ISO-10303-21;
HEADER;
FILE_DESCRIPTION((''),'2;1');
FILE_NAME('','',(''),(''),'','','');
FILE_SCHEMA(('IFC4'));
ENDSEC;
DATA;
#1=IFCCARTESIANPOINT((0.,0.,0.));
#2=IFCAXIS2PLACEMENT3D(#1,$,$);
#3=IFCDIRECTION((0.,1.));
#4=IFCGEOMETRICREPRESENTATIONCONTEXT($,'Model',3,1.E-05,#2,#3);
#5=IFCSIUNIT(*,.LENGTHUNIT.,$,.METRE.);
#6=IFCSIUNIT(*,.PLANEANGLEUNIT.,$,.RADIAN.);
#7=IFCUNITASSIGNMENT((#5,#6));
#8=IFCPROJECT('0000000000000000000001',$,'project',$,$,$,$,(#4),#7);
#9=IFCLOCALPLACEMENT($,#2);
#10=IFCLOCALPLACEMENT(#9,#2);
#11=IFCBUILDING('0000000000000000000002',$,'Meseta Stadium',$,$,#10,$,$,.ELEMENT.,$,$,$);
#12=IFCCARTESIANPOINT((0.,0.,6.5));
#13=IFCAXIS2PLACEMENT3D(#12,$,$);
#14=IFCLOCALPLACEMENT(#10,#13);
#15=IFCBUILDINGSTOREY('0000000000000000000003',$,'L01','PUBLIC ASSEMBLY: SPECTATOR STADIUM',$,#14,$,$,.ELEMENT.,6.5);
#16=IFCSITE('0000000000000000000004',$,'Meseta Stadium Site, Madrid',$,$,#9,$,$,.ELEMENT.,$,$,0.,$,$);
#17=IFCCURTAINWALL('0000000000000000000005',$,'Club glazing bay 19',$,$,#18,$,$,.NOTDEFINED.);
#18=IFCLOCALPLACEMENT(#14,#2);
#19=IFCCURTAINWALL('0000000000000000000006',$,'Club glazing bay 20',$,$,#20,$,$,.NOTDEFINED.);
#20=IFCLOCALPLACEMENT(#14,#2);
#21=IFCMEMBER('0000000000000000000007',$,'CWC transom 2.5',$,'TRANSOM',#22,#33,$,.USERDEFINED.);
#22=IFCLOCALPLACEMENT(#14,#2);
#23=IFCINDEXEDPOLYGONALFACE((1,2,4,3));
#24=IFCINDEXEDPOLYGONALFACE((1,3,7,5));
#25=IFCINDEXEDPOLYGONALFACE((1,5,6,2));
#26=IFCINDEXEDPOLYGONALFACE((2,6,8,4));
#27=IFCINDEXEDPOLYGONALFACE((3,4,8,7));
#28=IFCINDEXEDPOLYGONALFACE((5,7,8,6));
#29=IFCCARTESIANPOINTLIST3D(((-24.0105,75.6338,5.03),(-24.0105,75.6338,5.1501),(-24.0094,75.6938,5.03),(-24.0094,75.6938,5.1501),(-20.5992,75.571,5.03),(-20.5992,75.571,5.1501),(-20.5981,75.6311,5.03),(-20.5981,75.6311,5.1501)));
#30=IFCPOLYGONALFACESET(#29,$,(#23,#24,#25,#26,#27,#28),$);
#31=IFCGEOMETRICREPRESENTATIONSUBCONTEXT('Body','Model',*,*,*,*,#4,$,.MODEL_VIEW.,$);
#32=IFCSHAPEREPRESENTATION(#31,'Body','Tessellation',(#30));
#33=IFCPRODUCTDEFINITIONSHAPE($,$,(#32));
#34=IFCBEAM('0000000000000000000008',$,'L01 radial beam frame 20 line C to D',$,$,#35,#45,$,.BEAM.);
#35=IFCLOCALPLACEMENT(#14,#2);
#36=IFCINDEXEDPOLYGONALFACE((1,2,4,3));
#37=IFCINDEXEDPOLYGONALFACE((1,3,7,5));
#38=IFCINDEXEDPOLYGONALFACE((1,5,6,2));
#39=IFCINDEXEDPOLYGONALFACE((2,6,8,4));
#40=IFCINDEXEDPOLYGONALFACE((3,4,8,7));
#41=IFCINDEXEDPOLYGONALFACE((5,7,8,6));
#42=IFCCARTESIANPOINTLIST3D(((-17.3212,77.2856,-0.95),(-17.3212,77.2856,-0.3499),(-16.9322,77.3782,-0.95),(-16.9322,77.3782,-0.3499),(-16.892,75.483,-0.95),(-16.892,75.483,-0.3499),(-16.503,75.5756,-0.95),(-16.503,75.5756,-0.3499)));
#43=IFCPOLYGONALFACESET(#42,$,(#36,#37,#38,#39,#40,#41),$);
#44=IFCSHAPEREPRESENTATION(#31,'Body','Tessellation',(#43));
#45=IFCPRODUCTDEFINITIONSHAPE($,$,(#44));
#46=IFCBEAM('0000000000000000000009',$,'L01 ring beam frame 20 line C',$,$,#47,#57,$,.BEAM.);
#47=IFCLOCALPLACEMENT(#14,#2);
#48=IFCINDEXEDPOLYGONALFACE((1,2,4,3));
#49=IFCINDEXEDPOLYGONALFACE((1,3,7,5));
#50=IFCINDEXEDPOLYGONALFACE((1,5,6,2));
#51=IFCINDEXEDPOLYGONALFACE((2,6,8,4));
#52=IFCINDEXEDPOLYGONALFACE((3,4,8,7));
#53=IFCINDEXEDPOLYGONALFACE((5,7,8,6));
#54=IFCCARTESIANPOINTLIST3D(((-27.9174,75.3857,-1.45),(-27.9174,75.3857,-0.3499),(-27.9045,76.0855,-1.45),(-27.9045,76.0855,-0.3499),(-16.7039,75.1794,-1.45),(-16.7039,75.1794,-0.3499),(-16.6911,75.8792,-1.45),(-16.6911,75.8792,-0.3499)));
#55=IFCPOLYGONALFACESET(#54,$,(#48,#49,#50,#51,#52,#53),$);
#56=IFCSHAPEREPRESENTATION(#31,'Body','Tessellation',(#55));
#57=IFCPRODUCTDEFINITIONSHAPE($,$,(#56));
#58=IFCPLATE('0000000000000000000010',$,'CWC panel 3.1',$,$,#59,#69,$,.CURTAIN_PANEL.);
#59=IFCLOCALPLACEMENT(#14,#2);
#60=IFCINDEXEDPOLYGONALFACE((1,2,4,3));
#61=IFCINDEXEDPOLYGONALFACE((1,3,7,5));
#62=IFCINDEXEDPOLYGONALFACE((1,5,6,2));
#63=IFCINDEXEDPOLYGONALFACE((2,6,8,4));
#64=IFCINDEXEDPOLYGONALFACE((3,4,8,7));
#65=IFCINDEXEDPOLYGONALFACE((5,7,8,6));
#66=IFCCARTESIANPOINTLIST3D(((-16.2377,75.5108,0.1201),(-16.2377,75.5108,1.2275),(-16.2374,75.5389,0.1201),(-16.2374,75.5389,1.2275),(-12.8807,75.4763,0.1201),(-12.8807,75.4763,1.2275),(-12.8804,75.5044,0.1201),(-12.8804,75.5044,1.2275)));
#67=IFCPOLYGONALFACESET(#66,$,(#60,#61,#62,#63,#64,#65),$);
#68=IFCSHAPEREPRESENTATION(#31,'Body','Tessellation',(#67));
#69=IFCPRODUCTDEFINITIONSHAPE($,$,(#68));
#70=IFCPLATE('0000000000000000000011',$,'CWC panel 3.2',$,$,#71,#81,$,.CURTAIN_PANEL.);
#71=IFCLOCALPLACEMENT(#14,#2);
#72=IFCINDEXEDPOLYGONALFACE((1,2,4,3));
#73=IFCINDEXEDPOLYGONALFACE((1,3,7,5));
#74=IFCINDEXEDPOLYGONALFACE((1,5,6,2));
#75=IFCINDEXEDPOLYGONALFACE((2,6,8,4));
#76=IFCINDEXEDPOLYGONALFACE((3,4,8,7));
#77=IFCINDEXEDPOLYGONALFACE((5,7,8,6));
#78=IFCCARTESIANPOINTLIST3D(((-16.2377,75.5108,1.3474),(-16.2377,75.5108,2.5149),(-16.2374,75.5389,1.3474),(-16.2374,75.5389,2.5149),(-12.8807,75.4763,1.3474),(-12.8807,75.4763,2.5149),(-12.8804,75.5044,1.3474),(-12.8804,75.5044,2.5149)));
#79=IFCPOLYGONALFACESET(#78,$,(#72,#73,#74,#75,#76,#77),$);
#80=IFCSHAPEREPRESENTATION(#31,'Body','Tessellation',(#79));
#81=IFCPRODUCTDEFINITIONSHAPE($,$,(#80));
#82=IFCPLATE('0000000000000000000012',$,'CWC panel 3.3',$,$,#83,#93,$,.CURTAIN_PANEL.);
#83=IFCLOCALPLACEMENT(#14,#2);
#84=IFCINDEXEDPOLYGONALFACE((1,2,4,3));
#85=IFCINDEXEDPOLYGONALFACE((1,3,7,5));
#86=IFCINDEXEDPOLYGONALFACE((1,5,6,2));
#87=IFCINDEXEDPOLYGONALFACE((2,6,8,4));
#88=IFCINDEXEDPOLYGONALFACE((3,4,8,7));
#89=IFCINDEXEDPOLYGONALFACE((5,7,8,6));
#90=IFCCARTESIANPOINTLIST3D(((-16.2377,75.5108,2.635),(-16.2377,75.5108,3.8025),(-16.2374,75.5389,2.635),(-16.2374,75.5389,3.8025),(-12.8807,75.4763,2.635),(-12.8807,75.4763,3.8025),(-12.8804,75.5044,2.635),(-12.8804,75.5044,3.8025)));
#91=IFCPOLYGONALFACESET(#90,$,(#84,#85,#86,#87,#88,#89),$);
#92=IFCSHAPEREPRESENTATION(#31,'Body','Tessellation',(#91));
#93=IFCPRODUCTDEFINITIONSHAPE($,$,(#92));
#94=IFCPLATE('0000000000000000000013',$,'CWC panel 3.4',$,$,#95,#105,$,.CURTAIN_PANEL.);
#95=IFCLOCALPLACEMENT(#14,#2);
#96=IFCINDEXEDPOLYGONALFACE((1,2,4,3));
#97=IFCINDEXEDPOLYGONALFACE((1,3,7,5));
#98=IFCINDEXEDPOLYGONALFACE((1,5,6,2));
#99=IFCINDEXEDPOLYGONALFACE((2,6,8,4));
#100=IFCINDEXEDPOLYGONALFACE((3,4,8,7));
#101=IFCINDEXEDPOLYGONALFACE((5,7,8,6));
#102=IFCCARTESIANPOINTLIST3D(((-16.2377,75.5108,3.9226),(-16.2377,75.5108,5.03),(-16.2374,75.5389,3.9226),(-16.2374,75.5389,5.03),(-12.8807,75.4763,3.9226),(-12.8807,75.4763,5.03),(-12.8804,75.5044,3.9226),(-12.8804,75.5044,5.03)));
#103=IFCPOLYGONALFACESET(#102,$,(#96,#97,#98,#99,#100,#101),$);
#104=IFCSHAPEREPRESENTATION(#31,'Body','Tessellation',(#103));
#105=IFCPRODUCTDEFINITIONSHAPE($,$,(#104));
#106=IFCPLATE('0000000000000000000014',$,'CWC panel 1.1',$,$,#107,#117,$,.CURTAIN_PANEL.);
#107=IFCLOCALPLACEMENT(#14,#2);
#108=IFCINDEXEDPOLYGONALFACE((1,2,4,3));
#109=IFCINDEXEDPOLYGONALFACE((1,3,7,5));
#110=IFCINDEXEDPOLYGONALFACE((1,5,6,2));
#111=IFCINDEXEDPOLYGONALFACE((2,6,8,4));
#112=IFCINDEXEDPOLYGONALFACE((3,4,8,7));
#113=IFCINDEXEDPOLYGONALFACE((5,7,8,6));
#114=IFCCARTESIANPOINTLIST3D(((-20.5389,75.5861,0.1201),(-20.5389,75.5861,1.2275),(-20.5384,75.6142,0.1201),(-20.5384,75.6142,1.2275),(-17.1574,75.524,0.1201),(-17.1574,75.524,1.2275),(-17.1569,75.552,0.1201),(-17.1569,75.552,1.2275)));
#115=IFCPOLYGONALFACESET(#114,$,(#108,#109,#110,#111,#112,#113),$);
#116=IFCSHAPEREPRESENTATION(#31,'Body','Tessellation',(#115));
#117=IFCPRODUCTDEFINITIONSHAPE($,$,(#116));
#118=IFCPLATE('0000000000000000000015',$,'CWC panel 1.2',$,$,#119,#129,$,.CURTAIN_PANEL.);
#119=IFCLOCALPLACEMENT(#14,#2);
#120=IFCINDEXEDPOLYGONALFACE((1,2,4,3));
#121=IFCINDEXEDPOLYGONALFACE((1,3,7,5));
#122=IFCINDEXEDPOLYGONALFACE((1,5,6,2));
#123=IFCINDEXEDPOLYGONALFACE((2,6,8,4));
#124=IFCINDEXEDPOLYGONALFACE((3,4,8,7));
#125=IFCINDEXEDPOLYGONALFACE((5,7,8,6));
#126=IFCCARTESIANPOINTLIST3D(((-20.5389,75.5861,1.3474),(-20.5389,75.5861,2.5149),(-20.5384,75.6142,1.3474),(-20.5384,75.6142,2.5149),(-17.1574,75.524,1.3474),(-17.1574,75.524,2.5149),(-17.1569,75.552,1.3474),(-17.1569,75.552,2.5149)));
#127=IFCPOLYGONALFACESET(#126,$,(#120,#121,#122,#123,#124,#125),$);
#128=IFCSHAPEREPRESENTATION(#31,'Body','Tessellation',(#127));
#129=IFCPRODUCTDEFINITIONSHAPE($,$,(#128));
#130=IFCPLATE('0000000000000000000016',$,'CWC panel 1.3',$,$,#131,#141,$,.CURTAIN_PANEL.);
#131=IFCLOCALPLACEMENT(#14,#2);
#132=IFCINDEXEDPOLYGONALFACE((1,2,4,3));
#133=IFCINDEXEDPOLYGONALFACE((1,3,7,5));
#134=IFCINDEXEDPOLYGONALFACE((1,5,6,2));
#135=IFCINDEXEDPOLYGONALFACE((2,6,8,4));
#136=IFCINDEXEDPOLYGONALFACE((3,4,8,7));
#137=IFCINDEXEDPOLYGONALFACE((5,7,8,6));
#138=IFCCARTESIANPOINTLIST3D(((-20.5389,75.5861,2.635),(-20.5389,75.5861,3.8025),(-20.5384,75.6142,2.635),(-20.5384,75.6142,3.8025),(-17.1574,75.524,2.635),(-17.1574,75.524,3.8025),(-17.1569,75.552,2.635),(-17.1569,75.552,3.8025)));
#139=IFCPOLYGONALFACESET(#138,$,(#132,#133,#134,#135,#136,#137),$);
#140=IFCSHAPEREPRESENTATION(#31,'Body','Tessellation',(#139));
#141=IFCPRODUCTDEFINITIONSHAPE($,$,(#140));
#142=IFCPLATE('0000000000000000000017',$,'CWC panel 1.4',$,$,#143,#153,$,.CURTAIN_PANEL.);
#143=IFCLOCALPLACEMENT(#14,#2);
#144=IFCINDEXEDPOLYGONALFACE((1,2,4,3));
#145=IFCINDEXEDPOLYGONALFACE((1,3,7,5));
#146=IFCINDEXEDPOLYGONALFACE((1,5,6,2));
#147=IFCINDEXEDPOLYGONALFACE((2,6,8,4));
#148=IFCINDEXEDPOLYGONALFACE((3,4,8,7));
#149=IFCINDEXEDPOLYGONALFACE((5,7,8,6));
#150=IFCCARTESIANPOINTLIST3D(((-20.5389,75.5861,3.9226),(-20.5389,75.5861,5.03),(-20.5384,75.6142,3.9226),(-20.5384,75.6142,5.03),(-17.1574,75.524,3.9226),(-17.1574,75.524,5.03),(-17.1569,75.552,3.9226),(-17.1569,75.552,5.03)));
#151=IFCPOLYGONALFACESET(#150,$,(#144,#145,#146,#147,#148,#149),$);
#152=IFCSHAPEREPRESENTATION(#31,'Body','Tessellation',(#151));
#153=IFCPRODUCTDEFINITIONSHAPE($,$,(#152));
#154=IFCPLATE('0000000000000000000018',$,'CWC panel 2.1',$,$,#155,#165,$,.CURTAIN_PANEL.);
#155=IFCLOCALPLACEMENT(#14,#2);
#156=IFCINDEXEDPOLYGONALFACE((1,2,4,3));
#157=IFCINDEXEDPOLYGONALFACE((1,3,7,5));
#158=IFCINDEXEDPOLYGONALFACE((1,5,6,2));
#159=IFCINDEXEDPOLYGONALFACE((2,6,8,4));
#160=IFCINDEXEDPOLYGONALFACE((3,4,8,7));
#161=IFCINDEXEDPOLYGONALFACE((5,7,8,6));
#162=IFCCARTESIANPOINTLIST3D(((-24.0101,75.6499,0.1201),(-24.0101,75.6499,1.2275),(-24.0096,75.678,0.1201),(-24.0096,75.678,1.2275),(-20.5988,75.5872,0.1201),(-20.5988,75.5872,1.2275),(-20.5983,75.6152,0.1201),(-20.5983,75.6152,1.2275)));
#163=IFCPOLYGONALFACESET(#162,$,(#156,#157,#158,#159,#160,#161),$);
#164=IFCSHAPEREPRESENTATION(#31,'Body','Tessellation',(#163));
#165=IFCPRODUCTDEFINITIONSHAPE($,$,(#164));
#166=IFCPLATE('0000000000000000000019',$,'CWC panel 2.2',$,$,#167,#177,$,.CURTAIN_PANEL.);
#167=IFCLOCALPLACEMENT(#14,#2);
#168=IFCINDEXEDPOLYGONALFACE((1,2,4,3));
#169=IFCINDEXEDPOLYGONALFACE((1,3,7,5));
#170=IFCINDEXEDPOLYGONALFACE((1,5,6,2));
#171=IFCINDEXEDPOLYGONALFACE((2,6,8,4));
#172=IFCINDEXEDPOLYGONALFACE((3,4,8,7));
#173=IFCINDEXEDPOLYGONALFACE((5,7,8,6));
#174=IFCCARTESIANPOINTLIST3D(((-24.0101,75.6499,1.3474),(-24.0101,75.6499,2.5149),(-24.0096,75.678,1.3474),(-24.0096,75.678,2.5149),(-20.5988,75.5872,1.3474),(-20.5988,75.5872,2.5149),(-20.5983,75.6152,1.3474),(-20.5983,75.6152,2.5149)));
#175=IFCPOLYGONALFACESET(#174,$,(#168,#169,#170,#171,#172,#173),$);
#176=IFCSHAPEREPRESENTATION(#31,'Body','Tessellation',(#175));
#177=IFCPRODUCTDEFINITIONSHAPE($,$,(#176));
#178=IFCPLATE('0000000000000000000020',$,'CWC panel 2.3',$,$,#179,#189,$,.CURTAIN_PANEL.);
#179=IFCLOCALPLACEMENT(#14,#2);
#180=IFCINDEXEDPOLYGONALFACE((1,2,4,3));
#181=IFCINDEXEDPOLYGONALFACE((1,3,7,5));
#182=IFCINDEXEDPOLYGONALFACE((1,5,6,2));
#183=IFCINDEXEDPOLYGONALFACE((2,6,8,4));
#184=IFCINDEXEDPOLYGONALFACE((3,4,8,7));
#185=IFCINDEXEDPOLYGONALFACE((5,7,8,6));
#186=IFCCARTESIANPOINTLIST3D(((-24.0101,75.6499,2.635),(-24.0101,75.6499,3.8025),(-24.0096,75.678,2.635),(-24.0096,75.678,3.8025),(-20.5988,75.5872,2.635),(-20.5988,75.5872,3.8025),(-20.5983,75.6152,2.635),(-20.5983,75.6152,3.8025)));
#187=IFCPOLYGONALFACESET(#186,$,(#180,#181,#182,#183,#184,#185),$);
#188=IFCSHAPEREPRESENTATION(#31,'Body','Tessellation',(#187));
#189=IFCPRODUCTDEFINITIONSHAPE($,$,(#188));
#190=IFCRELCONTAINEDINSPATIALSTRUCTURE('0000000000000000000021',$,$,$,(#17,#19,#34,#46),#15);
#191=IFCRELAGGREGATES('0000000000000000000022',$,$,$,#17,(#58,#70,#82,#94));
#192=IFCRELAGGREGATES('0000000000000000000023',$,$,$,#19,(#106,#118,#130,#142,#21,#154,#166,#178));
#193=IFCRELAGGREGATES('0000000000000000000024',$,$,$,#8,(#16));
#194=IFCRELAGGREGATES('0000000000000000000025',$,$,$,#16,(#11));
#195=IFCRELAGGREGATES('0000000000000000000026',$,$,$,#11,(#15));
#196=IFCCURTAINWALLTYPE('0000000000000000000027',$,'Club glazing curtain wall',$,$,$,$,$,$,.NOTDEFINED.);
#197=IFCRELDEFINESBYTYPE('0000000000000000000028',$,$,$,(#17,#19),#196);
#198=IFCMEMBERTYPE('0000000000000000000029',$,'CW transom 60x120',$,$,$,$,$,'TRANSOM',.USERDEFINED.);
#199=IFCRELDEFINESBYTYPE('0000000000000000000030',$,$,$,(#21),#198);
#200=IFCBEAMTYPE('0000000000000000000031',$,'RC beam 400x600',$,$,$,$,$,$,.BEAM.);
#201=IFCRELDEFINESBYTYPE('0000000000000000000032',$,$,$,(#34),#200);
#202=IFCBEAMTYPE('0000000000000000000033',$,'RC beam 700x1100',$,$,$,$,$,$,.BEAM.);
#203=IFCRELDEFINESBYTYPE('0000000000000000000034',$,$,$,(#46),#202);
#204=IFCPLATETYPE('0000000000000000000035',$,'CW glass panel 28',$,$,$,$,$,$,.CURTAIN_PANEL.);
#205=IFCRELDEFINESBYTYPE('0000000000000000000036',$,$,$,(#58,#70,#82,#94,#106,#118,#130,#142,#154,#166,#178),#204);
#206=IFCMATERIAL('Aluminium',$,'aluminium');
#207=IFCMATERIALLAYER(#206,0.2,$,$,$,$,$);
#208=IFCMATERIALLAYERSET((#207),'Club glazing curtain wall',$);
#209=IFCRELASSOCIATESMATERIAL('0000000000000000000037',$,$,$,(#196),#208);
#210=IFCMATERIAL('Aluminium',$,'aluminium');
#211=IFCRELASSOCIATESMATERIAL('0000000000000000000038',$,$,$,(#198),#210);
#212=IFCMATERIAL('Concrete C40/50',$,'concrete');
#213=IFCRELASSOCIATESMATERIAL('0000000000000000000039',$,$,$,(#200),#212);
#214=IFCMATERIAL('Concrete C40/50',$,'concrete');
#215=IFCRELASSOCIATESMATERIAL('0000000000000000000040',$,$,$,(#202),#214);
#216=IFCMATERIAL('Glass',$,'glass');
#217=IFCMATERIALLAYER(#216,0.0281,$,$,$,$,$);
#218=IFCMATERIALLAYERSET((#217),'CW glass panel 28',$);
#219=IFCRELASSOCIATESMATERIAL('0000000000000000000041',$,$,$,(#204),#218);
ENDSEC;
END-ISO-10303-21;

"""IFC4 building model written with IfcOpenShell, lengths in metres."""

from ifc_helpers import new_model, si_unit, direction, frame, origin, origin_2d, place, context, subcontext, project, spatial, rectangle, extrude, material, layer, layer_set, material_profile, profile_set, type_object, element, aggregate, save


model = new_model("IFC4")

# Units and contexts
model_context = context("Model", 3, precision=1e-05, world=origin(), true_north=direction((0.0, 1.0)))
body_context = subcontext(model_context, "Body", "Model", "MODEL_VIEW")
ifc_project = project(units=[si_unit("LENGTHUNIT", "METRE"), si_unit("PLANEANGLEUNIT", "RADIAN")], contexts=[model_context])

# Site, building, storey
site_placement = place(None, origin())
site = spatial("IfcSite", under=ifc_project, at=site_placement, Name="Meseta Stadium Site, Madrid", CompositionType="ELEMENT", RefElevation=0.0)
building_placement = place(site_placement, origin())
building = spatial("IfcBuilding", under=site, at=building_placement, Name="Meseta Stadium", CompositionType="ELEMENT")
storey_placement = place(building_placement, frame((0.0, 0.0, 6.5)))
storey = spatial("IfcBuildingStorey", under=building, at=storey_placement, Name="L01", Description="PUBLIC ASSEMBLY: SPECTATOR STADIUM", CompositionType="ELEMENT", Elevation=6.5)

# Curtain wall
ifc_material_1 = material(Name="Aluminium", Category="aluminium")
ifc_layer_1 = layer(ifc_material_1, 0.2)
ifc_layer_set_1 = layer_set([ifc_layer_1], Name="Club glazing curtain wall")
curtain_wall_type = type_object("IfcCurtainWallType", Name="Club glazing curtain wall", PredefinedType="NOTDEFINED", material=ifc_layer_set_1)
curtain_wall_1_placement = place(storey_placement, origin())
curtain_wall_1 = element("IfcCurtainWall", 1, at=curtain_wall_1_placement, inside=storey, type_object=curtain_wall_type, Name="Club glazing bay 19", PredefinedType="NOTDEFINED")

# Curtain wall
curtain_wall_2_placement = place(storey_placement, origin())
curtain_wall_2 = element("IfcCurtainWall", 2, at=curtain_wall_2_placement, inside=storey, type_object=curtain_wall_type, Name="Club glazing bay 20", PredefinedType="NOTDEFINED")

# Member
ifc_material_2 = material(Name="Aluminium", Category="aluminium")
ifc_material_profile_1 = material_profile(ifc_material_2, rectangle(XDim=0.0601, YDim=0.1201, at=origin_2d()), Name="CW 60x120")
ifc_profile_set_1 = profile_set([ifc_material_profile_1], Name="Aluminium")
member_type_1 = type_object("IfcMemberType", Name="CW transom 60x120", ElementType="TRANSOM", PredefinedType="USERDEFINED", material=ifc_profile_set_1)
member_1_placement = place(storey_placement, frame((-20.5986, 75.6011, 5.0901), z_axis=(-0.999831, 0.01839, 0.0), x_axis=(-0.01839, -0.999831, 0.0)))
member_1 = element("IfcMember", 3, at=member_1_placement, type_object=member_type_1, Name="CWC transom 2.5", ObjectType="TRANSOM", PredefinedType="USERDEFINED", context=body_context, shape_type="SweptSolid", body=[
    extrude(rectangle(XDim=0.0601, YDim=0.1201, at=origin_2d()), origin(), (0.0, 0.0, 1.0), 3.4119),
])

# Beams
ifc_material_3 = material(Name="Concrete C40/50", Category="concrete")
ifc_material_profile_2 = material_profile(ifc_material_3, rectangle(XDim=0.3999, YDim=0.6001, at=origin_2d()), Name="RC 400x600")
ifc_profile_set_2 = profile_set([ifc_material_profile_2], Name="Concrete C40/50")
beam_type_1 = type_object("IfcBeamType", Name="RC beam 400x600", PredefinedType="BEAM", material=ifc_profile_set_2)
beam_1_placement = place(storey_placement, frame((-16.6975, 75.5293, -0.6499), z_axis=(-0.231609, 0.972809, 0.0), x_axis=(-0.972809, -0.231609, 0.0)))
element("IfcBeam", 4, at=beam_1_placement, inside=storey, type_object=beam_type_1, Name="L01 radial beam frame 20 line C to D", PredefinedType="BEAM", context=body_context, shape_type="SweptSolid", body=[
    extrude(rectangle(XDim=0.3999, YDim=0.6001, at=origin_2d()), origin(), (0.0, 0.0, 1.0), 1.853),
])
ifc_material_4 = material(Name="Concrete C40/50", Category="concrete")
ifc_material_profile_3 = material_profile(ifc_material_4, rectangle(XDim=0.7, YDim=1.1001, at=origin_2d()), Name="RC 700x1100")
ifc_profile_set_3 = profile_set([ifc_material_profile_3], Name="Concrete C40/50")
beam_type_2 = type_object("IfcBeamType", Name="RC beam 700x1100", PredefinedType="BEAM", material=ifc_profile_set_3)
beam_2_placement = place(storey_placement, frame((-16.6975, 75.5293, -0.8999), z_axis=(-0.999831, 0.018394, 0.0), x_axis=(-0.018394, -0.999831, 0.0)))
element("IfcBeam", 5, at=beam_2_placement, inside=storey, type_object=beam_type_2, Name="L01 ring beam frame 20 line C", PredefinedType="BEAM", context=body_context, shape_type="SweptSolid", body=[
    extrude(rectangle(XDim=0.7, YDim=1.1001, at=origin_2d()), origin(), (0.0, 0.0, 1.0), 11.2153),
])

# Plates
ifc_material_5 = material(Name="Glass", Category="glass")
ifc_layer_2 = layer(ifc_material_5, 0.0281)
ifc_layer_set_2 = layer_set([ifc_layer_2], Name="CW glass panel 28")
plate_type = type_object("IfcPlateType", Name="CW glass panel 28", PredefinedType="CURTAIN_PANEL", material=ifc_layer_set_2)
plate_1_placement = place(storey_placement, frame((-14.5591, 75.5076, 0.1201), z_axis=(0.0, 0.0, 1.0), x_axis=(-0.999947, 0.010279, 0.0)))
plate_1 = element("IfcPlate", 6, at=plate_1_placement, type_object=plate_type, Name="CWC panel 3.1", PredefinedType="CURTAIN_PANEL", context=body_context, shape_type="SweptSolid", body=[
    extrude(rectangle(XDim=3.3572, YDim=0.0281, at=origin_2d()), origin(), (0.0, 0.0, 1.0), 1.1074),
])
plate_2_placement = place(storey_placement, frame((-14.5591, 75.5076, 1.3474), z_axis=(0.0, 0.0, 1.0), x_axis=(-0.999947, 0.010279, 0.0)))
plate_2 = element("IfcPlate", 7, at=plate_2_placement, type_object=plate_type, Name="CWC panel 3.2", PredefinedType="CURTAIN_PANEL", context=body_context, shape_type="SweptSolid", body=[
    extrude(rectangle(XDim=3.3572, YDim=0.0281, at=origin_2d()), origin(), (0.0, 0.0, 1.0), 1.1675),
])
plate_3_placement = place(storey_placement, frame((-14.5591, 75.5076, 2.635), z_axis=(0.0, 0.0, 1.0), x_axis=(-0.999947, 0.010279, 0.0)))
plate_3 = element("IfcPlate", 8, at=plate_3_placement, type_object=plate_type, Name="CWC panel 3.3", PredefinedType="CURTAIN_PANEL", context=body_context, shape_type="SweptSolid", body=[
    extrude(rectangle(XDim=3.3572, YDim=0.0281, at=origin_2d()), origin(), (0.0, 0.0, 1.0), 1.1675),
])
plate_4_placement = place(storey_placement, frame((-14.5591, 75.5076, 3.9226), z_axis=(0.0, 0.0, 1.0), x_axis=(-0.999947, 0.010279, 0.0)))
plate_4 = element("IfcPlate", 9, at=plate_4_placement, type_object=plate_type, Name="CWC panel 3.4", PredefinedType="CURTAIN_PANEL", context=body_context, shape_type="SweptSolid", body=[
    extrude(rectangle(XDim=3.3572, YDim=0.0281, at=origin_2d()), origin(), (0.0, 0.0, 1.0), 1.1074),
])
aggregate(curtain_wall_1, [plate_1, plate_2, plate_3, plate_4])
plate_5_placement = place(storey_placement, frame((-18.8479, 75.5691, 0.1201), z_axis=(0.0, 0.0, 1.0), x_axis=(-0.999831, 0.018384, 0.0)))
plate_5 = element("IfcPlate", 10, at=plate_5_placement, type_object=plate_type, Name="CWC panel 1.1", PredefinedType="CURTAIN_PANEL", context=body_context, shape_type="SweptSolid", body=[
    extrude(rectangle(XDim=3.3821, YDim=0.0281, at=origin_2d()), origin(), (0.0, 0.0, 1.0), 1.1074),
])
plate_6_placement = place(storey_placement, frame((-18.8479, 75.5691, 1.3474), z_axis=(0.0, 0.0, 1.0), x_axis=(-0.999831, 0.018384, 0.0)))
plate_6 = element("IfcPlate", 11, at=plate_6_placement, type_object=plate_type, Name="CWC panel 1.2", PredefinedType="CURTAIN_PANEL", context=body_context, shape_type="SweptSolid", body=[
    extrude(rectangle(XDim=3.3821, YDim=0.0281, at=origin_2d()), origin(), (0.0, 0.0, 1.0), 1.1675),
])
plate_7_placement = place(storey_placement, frame((-18.8479, 75.5691, 2.635), z_axis=(0.0, 0.0, 1.0), x_axis=(-0.999831, 0.018384, 0.0)))
plate_7 = element("IfcPlate", 12, at=plate_7_placement, type_object=plate_type, Name="CWC panel 1.3", PredefinedType="CURTAIN_PANEL", context=body_context, shape_type="SweptSolid", body=[
    extrude(rectangle(XDim=3.3821, YDim=0.0281, at=origin_2d()), origin(), (0.0, 0.0, 1.0), 1.1675),
])
plate_8_placement = place(storey_placement, frame((-18.8479, 75.5691, 3.9226), z_axis=(0.0, 0.0, 1.0), x_axis=(-0.999831, 0.018384, 0.0)))
plate_8 = element("IfcPlate", 13, at=plate_8_placement, type_object=plate_type, Name="CWC panel 1.4", PredefinedType="CURTAIN_PANEL", context=body_context, shape_type="SweptSolid", body=[
    extrude(rectangle(XDim=3.3821, YDim=0.0281, at=origin_2d()), origin(), (0.0, 0.0, 1.0), 1.1074),
])
plate_9_placement = place(storey_placement, frame((-22.3042, 75.6326, 0.1201), z_axis=(0.0, 0.0, 1.0), x_axis=(-0.999831, 0.018384, 0.0)))
plate_9 = element("IfcPlate", 14, at=plate_9_placement, type_object=plate_type, Name="CWC panel 2.1", PredefinedType="CURTAIN_PANEL", context=body_context, shape_type="SweptSolid", body=[
    extrude(rectangle(XDim=3.4119, YDim=0.0281, at=origin_2d()), origin(), (0.0, 0.0, 1.0), 1.1074),
])
plate_10_placement = place(storey_placement, frame((-22.3042, 75.6326, 1.3474), z_axis=(0.0, 0.0, 1.0), x_axis=(-0.999831, 0.018384, 0.0)))
plate_10 = element("IfcPlate", 15, at=plate_10_placement, type_object=plate_type, Name="CWC panel 2.2", PredefinedType="CURTAIN_PANEL", context=body_context, shape_type="SweptSolid", body=[
    extrude(rectangle(XDim=3.4119, YDim=0.0281, at=origin_2d()), origin(), (0.0, 0.0, 1.0), 1.1675),
])
plate_11_placement = place(storey_placement, frame((-22.3042, 75.6326, 2.635), z_axis=(0.0, 0.0, 1.0), x_axis=(-0.999831, 0.018384, 0.0)))
plate_11 = element("IfcPlate", 16, at=plate_11_placement, type_object=plate_type, Name="CWC panel 2.3", PredefinedType="CURTAIN_PANEL", context=body_context, shape_type="SweptSolid", body=[
    extrude(rectangle(XDim=3.4119, YDim=0.0281, at=origin_2d()), origin(), (0.0, 0.0, 1.0), 1.1675),
])
aggregate(curtain_wall_2, [plate_5, plate_6, plate_7, plate_8, member_1, plate_9, plate_10, plate_11])

save(model, "model.ifc")
